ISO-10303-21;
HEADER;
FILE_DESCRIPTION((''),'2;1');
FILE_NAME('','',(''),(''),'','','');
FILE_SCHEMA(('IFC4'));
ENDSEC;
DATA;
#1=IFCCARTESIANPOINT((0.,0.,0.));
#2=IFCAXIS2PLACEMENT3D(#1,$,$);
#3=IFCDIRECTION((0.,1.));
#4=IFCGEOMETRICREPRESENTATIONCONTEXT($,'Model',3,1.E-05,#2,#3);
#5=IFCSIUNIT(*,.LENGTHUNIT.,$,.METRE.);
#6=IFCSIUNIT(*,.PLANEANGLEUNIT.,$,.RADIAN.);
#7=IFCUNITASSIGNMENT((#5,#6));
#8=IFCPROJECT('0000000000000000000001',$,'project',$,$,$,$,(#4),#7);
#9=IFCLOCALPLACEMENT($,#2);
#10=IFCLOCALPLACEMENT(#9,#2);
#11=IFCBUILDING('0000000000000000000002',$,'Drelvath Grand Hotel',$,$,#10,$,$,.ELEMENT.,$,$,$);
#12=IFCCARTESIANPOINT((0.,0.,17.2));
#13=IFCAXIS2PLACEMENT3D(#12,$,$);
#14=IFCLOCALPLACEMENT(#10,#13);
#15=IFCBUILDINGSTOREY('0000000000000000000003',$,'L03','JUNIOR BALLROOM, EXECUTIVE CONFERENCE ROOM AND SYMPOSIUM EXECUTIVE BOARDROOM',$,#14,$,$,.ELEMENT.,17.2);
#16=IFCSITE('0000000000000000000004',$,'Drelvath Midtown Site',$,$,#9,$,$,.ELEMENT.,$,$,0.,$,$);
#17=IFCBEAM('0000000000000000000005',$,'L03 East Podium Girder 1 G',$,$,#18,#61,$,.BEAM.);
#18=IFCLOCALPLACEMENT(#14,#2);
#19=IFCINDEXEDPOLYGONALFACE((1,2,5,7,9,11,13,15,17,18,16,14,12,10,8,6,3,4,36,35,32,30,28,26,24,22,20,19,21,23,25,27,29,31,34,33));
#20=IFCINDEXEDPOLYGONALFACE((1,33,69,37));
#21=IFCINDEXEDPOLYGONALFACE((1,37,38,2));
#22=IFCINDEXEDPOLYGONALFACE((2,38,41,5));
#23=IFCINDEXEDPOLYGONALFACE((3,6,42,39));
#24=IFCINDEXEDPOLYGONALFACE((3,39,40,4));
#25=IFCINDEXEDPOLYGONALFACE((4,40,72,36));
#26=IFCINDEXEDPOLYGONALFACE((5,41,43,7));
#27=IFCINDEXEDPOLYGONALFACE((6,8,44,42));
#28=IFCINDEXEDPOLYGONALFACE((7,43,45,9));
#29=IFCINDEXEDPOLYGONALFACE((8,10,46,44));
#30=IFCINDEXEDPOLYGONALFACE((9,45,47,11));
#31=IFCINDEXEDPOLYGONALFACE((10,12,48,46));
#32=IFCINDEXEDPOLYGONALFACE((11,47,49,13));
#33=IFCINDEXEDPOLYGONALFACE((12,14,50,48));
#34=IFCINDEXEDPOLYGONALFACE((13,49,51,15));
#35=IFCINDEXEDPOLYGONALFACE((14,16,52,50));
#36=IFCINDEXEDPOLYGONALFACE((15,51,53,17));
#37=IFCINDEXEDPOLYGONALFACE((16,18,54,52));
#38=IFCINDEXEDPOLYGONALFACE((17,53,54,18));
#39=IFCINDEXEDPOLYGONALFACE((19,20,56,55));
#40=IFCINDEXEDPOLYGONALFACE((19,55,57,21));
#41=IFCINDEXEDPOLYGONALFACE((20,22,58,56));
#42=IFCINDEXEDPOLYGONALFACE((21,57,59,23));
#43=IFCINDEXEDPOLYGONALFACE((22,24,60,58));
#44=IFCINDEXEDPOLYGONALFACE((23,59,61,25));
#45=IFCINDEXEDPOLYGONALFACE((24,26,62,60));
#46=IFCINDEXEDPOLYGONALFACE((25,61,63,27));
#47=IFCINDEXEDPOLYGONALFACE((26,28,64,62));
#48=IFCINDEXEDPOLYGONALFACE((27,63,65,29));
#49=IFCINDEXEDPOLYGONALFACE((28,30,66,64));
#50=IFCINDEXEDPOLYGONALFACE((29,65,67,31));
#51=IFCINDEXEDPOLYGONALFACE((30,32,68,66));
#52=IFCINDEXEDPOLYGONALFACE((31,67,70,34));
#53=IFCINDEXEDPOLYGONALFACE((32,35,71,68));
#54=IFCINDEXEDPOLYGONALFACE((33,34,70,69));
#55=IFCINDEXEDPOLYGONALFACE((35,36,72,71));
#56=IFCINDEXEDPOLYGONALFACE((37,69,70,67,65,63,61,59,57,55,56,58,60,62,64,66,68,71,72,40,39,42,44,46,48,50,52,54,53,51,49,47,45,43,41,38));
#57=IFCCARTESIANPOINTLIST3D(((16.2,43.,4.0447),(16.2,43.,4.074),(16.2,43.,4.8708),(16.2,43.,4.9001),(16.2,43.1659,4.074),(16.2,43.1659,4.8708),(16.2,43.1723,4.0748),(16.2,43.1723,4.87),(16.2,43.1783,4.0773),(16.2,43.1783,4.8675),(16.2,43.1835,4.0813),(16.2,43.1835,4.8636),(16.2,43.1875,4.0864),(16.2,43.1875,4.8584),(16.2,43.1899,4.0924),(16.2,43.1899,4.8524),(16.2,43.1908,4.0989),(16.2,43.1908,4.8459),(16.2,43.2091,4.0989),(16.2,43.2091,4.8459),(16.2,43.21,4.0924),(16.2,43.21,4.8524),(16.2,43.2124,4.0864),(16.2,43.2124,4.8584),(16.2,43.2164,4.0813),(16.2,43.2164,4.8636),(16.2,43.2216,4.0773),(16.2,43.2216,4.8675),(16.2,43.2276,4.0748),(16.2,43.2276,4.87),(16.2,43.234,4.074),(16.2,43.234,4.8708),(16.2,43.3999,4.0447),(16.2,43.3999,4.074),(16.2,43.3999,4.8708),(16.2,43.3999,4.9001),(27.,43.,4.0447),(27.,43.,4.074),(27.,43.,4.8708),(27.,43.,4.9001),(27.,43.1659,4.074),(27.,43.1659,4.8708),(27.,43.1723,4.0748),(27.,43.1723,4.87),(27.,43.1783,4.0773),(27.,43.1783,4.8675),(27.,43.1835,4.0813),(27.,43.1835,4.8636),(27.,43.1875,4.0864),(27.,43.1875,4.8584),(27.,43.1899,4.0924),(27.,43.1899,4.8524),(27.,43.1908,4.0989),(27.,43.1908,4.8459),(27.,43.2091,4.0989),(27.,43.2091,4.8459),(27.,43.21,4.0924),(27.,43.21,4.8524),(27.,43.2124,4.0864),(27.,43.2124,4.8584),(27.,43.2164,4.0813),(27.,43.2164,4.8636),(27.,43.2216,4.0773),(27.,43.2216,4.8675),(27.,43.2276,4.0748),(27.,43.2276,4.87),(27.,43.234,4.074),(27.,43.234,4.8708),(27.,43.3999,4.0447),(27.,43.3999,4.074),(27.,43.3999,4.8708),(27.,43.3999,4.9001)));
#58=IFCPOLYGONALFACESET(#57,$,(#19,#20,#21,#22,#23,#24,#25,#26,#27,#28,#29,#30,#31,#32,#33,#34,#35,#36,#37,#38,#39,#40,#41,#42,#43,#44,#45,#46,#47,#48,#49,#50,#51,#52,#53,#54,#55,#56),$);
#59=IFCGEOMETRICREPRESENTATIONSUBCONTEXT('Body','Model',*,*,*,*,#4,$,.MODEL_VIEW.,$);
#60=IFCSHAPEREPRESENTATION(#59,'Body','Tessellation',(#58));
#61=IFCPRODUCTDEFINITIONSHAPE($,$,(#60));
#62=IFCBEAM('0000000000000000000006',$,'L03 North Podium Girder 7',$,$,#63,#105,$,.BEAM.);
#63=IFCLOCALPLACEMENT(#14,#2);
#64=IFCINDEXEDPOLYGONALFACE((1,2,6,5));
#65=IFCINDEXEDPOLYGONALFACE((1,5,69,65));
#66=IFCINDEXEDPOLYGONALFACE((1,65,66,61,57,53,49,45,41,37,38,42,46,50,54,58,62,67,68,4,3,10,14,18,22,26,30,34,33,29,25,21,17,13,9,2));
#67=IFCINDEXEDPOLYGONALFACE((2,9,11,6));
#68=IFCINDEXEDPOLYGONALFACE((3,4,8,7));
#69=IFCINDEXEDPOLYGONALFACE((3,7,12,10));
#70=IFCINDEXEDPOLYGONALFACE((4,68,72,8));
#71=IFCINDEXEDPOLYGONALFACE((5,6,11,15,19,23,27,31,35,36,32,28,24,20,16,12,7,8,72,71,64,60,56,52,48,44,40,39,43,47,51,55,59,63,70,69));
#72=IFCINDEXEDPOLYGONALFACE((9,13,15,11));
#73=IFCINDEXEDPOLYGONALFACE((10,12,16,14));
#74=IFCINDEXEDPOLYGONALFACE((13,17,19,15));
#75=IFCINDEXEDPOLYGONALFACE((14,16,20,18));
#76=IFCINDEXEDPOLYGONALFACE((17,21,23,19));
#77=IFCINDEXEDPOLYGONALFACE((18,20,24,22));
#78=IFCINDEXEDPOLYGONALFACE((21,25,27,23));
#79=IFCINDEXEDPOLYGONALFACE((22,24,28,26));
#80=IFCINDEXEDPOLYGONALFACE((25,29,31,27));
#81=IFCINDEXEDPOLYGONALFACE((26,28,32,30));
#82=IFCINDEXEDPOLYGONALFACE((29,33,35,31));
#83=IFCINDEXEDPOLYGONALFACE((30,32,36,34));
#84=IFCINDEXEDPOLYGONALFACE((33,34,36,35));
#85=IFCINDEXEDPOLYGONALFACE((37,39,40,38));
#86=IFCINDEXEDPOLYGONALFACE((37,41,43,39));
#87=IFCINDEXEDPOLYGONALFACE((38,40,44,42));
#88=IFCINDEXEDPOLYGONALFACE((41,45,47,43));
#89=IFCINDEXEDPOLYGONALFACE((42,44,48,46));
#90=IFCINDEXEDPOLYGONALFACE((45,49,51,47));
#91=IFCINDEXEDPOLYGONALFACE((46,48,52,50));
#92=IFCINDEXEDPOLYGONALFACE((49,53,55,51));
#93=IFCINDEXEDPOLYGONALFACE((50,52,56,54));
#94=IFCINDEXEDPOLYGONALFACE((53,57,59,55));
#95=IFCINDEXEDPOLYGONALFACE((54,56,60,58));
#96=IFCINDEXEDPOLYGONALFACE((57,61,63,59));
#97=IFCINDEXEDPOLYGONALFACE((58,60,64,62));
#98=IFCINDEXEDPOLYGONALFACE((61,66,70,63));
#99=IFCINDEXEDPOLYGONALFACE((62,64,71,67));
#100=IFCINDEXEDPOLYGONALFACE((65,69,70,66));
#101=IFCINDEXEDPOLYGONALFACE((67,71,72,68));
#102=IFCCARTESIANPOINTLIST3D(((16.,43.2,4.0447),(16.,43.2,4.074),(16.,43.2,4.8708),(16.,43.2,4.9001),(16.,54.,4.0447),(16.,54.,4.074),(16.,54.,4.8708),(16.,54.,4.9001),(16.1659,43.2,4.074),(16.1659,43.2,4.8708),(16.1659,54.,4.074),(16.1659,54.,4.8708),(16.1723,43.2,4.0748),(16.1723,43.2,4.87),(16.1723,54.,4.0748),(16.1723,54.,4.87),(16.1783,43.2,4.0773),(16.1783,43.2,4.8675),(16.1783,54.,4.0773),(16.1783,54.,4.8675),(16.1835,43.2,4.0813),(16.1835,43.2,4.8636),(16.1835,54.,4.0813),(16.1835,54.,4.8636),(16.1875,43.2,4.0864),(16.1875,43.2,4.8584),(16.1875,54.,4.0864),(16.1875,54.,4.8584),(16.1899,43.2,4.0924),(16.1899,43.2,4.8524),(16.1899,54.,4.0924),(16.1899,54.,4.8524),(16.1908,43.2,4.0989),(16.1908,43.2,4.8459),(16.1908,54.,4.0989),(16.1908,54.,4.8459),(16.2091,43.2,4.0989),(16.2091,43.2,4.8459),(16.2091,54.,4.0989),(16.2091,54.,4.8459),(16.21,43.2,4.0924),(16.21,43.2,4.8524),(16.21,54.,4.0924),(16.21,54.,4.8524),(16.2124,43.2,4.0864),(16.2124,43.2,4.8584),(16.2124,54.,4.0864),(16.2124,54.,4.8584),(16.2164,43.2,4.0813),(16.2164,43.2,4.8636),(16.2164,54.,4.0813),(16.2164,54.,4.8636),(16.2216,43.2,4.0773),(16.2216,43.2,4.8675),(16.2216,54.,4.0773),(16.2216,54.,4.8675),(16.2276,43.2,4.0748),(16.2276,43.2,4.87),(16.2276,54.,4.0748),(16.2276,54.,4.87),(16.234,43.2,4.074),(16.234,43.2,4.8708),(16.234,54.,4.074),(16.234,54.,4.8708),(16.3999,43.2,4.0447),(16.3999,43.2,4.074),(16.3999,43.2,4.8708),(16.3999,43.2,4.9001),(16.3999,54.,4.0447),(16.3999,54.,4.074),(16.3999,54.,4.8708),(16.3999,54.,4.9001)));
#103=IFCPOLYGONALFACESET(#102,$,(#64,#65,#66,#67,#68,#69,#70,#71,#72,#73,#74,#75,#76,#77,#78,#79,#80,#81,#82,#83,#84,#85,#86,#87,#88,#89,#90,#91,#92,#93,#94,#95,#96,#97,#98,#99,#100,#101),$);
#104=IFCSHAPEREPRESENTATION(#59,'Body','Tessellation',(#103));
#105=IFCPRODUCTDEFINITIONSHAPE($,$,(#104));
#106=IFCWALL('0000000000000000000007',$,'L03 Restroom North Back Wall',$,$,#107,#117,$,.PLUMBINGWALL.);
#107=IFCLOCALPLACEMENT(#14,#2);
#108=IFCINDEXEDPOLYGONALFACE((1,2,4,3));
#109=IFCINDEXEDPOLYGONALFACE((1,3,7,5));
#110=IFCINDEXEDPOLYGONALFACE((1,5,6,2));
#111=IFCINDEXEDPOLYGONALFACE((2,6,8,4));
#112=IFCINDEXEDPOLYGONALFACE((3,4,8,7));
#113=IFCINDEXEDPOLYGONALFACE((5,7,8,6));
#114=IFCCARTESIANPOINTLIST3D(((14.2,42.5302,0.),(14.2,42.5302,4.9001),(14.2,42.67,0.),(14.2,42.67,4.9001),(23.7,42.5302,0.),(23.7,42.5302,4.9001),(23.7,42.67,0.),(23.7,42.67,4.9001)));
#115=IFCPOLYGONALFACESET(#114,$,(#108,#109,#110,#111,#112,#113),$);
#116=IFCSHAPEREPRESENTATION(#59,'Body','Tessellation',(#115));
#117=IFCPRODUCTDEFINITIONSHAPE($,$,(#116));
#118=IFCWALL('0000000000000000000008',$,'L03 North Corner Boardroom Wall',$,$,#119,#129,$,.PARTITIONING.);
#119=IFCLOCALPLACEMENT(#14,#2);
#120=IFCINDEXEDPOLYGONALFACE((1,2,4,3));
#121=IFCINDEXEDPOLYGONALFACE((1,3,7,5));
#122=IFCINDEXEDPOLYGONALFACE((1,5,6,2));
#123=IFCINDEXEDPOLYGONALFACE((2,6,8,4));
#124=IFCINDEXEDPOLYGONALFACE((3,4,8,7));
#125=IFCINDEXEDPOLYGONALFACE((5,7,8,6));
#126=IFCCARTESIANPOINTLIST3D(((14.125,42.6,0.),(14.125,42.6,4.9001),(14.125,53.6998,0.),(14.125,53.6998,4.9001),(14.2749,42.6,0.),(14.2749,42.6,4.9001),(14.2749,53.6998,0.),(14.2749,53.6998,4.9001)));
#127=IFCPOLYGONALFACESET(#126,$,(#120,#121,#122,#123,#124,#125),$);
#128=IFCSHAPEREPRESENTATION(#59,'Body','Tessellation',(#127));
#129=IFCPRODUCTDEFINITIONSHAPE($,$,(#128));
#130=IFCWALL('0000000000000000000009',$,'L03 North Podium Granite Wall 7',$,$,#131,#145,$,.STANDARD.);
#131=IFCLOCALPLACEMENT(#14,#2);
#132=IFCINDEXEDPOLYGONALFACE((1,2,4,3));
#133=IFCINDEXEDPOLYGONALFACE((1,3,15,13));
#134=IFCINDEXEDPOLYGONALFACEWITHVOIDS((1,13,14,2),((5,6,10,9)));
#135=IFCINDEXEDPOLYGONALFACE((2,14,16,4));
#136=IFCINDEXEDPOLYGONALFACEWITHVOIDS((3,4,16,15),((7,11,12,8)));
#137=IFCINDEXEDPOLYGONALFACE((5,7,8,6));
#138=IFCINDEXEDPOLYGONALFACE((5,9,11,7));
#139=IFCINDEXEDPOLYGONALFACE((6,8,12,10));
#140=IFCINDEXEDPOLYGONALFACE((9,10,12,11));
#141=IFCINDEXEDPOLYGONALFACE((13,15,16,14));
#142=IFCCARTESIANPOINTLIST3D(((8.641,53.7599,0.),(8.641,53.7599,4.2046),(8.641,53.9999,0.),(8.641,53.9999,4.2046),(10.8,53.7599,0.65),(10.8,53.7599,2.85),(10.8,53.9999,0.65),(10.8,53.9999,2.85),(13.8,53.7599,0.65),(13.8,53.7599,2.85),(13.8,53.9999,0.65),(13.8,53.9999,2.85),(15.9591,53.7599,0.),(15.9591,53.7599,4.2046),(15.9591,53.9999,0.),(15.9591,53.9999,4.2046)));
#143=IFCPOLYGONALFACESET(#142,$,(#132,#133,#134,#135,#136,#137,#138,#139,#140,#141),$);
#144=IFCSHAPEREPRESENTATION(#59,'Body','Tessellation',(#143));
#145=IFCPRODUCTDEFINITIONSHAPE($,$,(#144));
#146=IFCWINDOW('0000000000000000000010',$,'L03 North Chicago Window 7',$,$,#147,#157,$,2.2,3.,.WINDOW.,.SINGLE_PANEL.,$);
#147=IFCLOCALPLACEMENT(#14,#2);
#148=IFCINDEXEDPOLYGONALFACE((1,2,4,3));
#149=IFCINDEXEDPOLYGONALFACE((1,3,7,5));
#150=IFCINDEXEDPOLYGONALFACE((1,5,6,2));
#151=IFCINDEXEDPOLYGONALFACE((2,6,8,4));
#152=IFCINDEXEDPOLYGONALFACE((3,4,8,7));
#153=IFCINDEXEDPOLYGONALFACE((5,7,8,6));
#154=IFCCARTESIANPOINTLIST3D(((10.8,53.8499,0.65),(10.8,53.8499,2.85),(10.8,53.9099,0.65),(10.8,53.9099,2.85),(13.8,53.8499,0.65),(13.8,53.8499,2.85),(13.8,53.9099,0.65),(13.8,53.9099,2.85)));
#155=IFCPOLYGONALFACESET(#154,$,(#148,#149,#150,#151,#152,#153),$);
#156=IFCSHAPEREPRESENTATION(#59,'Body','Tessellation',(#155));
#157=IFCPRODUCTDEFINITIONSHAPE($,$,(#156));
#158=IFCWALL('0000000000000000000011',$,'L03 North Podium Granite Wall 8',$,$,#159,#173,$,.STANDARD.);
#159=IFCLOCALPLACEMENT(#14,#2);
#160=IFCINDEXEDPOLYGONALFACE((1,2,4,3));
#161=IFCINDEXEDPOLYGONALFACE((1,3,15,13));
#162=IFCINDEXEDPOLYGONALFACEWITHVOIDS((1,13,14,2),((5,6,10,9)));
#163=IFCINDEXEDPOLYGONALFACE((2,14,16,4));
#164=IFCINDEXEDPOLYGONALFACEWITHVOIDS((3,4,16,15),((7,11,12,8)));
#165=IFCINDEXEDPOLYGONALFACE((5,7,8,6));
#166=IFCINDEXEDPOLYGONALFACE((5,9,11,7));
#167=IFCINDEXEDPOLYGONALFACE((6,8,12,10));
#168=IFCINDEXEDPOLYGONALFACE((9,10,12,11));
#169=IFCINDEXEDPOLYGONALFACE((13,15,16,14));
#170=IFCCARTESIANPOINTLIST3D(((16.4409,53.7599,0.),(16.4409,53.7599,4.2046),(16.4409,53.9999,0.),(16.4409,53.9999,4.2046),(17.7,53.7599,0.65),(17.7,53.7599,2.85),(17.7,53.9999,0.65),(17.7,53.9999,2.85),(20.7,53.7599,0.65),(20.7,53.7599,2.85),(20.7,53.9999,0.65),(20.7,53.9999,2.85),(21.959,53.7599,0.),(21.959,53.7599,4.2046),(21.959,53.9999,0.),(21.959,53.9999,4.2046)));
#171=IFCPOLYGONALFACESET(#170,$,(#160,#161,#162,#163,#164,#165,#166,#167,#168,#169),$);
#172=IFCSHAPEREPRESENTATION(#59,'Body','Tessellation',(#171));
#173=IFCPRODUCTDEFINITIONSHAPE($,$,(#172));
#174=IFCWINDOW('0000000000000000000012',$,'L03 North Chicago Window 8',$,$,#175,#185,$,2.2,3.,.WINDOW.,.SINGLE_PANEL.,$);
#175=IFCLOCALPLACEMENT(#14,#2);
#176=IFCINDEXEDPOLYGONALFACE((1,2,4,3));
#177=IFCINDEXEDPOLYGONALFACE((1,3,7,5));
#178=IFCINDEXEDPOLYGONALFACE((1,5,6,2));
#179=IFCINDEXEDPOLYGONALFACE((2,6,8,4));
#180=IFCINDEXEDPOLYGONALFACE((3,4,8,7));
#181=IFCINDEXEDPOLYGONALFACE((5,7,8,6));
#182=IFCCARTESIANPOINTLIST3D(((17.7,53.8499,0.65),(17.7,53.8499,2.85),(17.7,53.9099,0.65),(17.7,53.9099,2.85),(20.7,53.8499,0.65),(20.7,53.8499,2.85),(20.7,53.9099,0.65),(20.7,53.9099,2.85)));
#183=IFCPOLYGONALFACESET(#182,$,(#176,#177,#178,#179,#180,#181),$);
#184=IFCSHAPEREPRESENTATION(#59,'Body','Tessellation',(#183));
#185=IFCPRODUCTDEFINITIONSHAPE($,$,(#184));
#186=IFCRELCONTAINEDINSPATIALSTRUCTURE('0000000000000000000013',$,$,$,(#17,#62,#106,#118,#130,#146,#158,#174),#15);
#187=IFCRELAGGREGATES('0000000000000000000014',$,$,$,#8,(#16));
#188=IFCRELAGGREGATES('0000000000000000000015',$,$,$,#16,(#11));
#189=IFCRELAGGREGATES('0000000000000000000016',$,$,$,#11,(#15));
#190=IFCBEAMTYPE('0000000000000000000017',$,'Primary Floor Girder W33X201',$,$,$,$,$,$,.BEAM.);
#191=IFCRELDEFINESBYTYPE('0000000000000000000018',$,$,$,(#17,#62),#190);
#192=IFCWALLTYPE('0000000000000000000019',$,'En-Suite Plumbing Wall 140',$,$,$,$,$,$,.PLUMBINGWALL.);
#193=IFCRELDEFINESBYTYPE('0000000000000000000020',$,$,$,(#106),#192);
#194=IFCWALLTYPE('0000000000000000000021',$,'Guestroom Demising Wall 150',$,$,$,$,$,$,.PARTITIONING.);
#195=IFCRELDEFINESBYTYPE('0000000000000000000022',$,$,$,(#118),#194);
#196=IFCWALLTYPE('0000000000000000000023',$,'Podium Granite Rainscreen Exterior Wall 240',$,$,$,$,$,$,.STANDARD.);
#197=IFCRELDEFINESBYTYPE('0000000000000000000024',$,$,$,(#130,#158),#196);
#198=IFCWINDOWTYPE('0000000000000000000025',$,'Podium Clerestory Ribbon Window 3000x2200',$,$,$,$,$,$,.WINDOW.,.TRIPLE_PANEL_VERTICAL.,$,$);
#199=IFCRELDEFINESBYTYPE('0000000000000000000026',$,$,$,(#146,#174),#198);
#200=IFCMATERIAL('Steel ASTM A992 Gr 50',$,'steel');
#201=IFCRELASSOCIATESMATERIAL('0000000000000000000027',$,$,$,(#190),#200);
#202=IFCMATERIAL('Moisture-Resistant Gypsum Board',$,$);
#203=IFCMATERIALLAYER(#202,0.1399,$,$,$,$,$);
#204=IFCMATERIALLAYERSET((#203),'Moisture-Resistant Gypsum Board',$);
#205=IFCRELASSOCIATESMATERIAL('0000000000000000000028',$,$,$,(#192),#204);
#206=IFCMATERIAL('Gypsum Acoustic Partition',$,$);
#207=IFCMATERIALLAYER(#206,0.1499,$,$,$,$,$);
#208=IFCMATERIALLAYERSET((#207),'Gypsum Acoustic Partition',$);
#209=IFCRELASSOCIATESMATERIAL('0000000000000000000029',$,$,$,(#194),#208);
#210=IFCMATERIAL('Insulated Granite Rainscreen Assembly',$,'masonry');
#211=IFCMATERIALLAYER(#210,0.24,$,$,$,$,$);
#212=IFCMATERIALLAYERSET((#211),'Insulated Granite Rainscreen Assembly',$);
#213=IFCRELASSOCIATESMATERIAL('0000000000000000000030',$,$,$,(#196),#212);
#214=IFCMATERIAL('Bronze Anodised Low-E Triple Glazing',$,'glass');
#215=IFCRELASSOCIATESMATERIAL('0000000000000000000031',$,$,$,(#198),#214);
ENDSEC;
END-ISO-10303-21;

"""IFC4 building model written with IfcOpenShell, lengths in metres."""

from ifc_helpers import new_model, si_unit, direction, frame, frame_2d, origin, origin_2d, place, context, subcontext, project, spatial, rectangle, i_section, extrude, material, layer, layer_set, material_profile, profile_set, type_object, element, fill, save


model = new_model("IFC4")

# Units and contexts
model_context = context("Model", 3, precision=1e-05, world=origin(), true_north=direction((0.0, 1.0)))
body_context = subcontext(model_context, "Body", "Model", "MODEL_VIEW")
ifc_project = project(units=[si_unit("LENGTHUNIT", "METRE"), si_unit("PLANEANGLEUNIT", "RADIAN")], contexts=[model_context])

# Site, building, storey
site_placement = place(None, origin())
site = spatial("IfcSite", under=ifc_project, at=site_placement, Name="Drelvath Midtown Site", CompositionType="ELEMENT", RefElevation=0.0)
building_placement = place(site_placement, origin())
building = spatial("IfcBuilding", under=site, at=building_placement, Name="Drelvath Grand Hotel", CompositionType="ELEMENT")
storey_placement = place(building_placement, frame((0.0, 0.0, 17.2)))
storey = spatial("IfcBuildingStorey", under=building, at=storey_placement, Name="L03", Description="JUNIOR BALLROOM, EXECUTIVE CONFERENCE ROOM AND SYMPOSIUM EXECUTIVE BOARDROOM", CompositionType="ELEMENT", Elevation=17.2)

# Beams
ifc_material_1 = material(Name="Steel ASTM A992 Gr 50", Category="steel")
ifc_material_profile_1 = material_profile(ifc_material_1, i_section(OverallWidth=0.3999, OverallDepth=0.8555, WebThickness=0.0183, FlangeThickness=0.0293, FilletRadius=0.0249, at=origin_2d()), Name="W33X201")
ifc_profile_set_1 = profile_set([ifc_material_profile_1], Name="Steel ASTM A992 Gr 50")
beam_type_1 = type_object("IfcBeamType", Name="Primary Floor Girder W33X201", PredefinedType="BEAM", material=ifc_profile_set_1)
for number, where, z_axis, x_axis, name in (
    (1, (16.2, 43.2, 4.4724), (1.0, 0.0, 0.0), (0.0, 1.0, 0.0), "L03 East Podium Girder 1 G"),
    (2, (16.2, 43.2, 4.4724), (0.0, 1.0, 0.0), (-1.0, 0.0, 0.0), "L03 North Podium Girder 7"),
):
    element("IfcBeam", number, at=place(storey_placement, frame(where, z_axis=z_axis, x_axis=x_axis)), inside=storey, type_object=beam_type_1, Name=name, PredefinedType="BEAM", context=body_context, shape_type="SweptSolid", body=[
        extrude(i_section(OverallWidth=0.3999, OverallDepth=0.8555, WebThickness=0.0183, FlangeThickness=0.0293, FilletRadius=0.0249, at=origin_2d()), origin(), (0.0, 0.0, 1.0), 10.8),
    ])

# Walls
ifc_material_2 = material(Name="Moisture-Resistant Gypsum Board")
ifc_layer_1 = layer(ifc_material_2, 0.1399)
ifc_layer_set_1 = layer_set([ifc_layer_1], Name="Moisture-Resistant Gypsum Board")
wall_type_1 = type_object("IfcWallType", Name="En-Suite Plumbing Wall 140", PredefinedType="PLUMBINGWALL", material=ifc_layer_set_1)
wall_1_placement = place(storey_placement, frame((14.2, 42.6001, 0.0), z_axis=(0.0, 0.0, 1.0), x_axis=(1.0, 0.0, 0.0)))
element("IfcWall", 3, at=wall_1_placement, inside=storey, type_object=wall_type_1, Name="L03 Restroom North Back Wall", PredefinedType="PLUMBINGWALL", context=body_context, shape_type="SweptSolid", body=[
    extrude(rectangle(XDim=9.5, YDim=0.1399, at=frame_2d((4.75, 0.0))), origin(), (0.0, 0.0, 1.0), 4.9001),
])
ifc_material_3 = material(Name="Gypsum Acoustic Partition")
ifc_layer_2 = layer(ifc_material_3, 0.1499)
ifc_layer_set_2 = layer_set([ifc_layer_2], Name="Gypsum Acoustic Partition")
wall_type_2 = type_object("IfcWallType", Name="Guestroom Demising Wall 150", PredefinedType="PARTITIONING", material=ifc_layer_set_2)
wall_2_placement = place(storey_placement, frame((14.2, 42.6001, 0.0), z_axis=(0.0, 0.0, 1.0), x_axis=(0.0, 1.0, 0.0)))
element("IfcWall", 4, at=wall_2_placement, inside=storey, type_object=wall_type_2, Name="L03 North Corner Boardroom Wall", PredefinedType="PARTITIONING", context=body_context, shape_type="SweptSolid", body=[
    extrude(rectangle(XDim=11.0999, YDim=0.1499, at=frame_2d((5.5498, 0.0))), origin(), (0.0, 0.0, 1.0), 4.9001),
])

# Walls, openings, windows
ifc_material_4 = material(Name="Insulated Granite Rainscreen Assembly", Category="masonry")
ifc_layer_3 = layer(ifc_material_4, 0.24)
ifc_layer_set_3 = layer_set([ifc_layer_3], Name="Insulated Granite Rainscreen Assembly")
wall_type_3 = type_object("IfcWallType", Name="Podium Granite Rainscreen Exterior Wall 240", PredefinedType="STANDARD", material=ifc_layer_set_3)
wall_3_placement = place(storey_placement, frame((8.6409, 53.8799, 0.0), z_axis=(0.0, 0.0, 1.0), x_axis=(1.0, 0.0, 0.0)))
wall_3 = element("IfcWall", 5, at=wall_3_placement, inside=storey, type_object=wall_type_3, Name="L03 North Podium Granite Wall 7", PredefinedType="STANDARD", context=body_context, shape_type="SweptSolid", body=[
    extrude(rectangle(XDim=7.3181, YDim=0.24, at=frame_2d((3.6592, 0.0))), origin(), (0.0, 0.0, 1.0), 4.2046),
])
opening_1_placement = place(wall_3_placement, frame((2.1592, 0.0, 0.6499)))
opening_1 = element("IfcOpeningElement", 6, at=opening_1_placement, cuts=wall_3, PredefinedType="OPENING", context=body_context, shape_type="SweptSolid", body=[
    extrude(rectangle(XDim=3.0, YDim=2.2, at=frame_2d((1.5, 1.1001))), frame((0.0, 0.1299, 0.0), z_axis=(0.0, -1.0, 0.0), x_axis=(1.0, 0.0, 0.0)), (0.0, 0.0, 1.0), 0.26),
])
ifc_material_5 = material(Name="Bronze Anodised Low-E Triple Glazing", Category="glass")
window_type_1 = type_object("IfcWindowType", Name="Podium Clerestory Ribbon Window 3000x2200", PartitioningType="TRIPLE_PANEL_VERTICAL", PredefinedType="WINDOW", material=ifc_material_5)
window_1_placement = place(opening_1_placement, origin())
window_1 = element("IfcWindow", 7, at=window_1_placement, inside=storey, type_object=window_type_1, Name="L03 North Chicago Window 7", OverallHeight=2.2, OverallWidth=3.0, PartitioningType="SINGLE_PANEL", PredefinedType="WINDOW", context=body_context, shape_type="SweptSolid", body=[
    extrude(rectangle(XDim=3.0, YDim=2.2, at=frame_2d((1.5, 1.1001))), frame((0.0, 0.03, 0.0), z_axis=(0.0, -1.0, 0.0), x_axis=(1.0, 0.0, 0.0)), (0.0, 0.0, 1.0), 0.0601),
])
fill(opening_1, window_1)
wall_4_placement = place(storey_placement, frame((16.4409, 53.8799, 0.0), z_axis=(0.0, 0.0, 1.0), x_axis=(1.0, 0.0, 0.0)))
wall_4 = element("IfcWall", 8, at=wall_4_placement, inside=storey, type_object=wall_type_3, Name="L03 North Podium Granite Wall 8", PredefinedType="STANDARD", context=body_context, shape_type="SweptSolid", body=[
    extrude(rectangle(XDim=5.5181, YDim=0.24, at=frame_2d((2.759, 0.0))), origin(), (0.0, 0.0, 1.0), 4.2046),
])
opening_2_placement = place(wall_4_placement, frame((1.259, 0.0, 0.6499)))
opening_2 = element("IfcOpeningElement", 9, at=opening_2_placement, cuts=wall_4, PredefinedType="OPENING", context=body_context, shape_type="SweptSolid", body=[
    extrude(rectangle(XDim=3.0, YDim=2.2, at=frame_2d((1.5, 1.1001))), frame((0.0, 0.1299, 0.0), z_axis=(0.0, -1.0, 0.0), x_axis=(1.0, 0.0, 0.0)), (0.0, 0.0, 1.0), 0.26),
])
window_2_placement = place(opening_2_placement, origin())
window_2 = element("IfcWindow", 10, at=window_2_placement, inside=storey, type_object=window_type_1, Name="L03 North Chicago Window 8", OverallHeight=2.2, OverallWidth=3.0, PartitioningType="SINGLE_PANEL", PredefinedType="WINDOW", context=body_context, shape_type="SweptSolid", body=[
    extrude(rectangle(XDim=3.0, YDim=2.2, at=frame_2d((1.5, 1.1001))), frame((0.0, 0.03, 0.0), z_axis=(0.0, -1.0, 0.0), x_axis=(1.0, 0.0, 0.0)), (0.0, 0.0, 1.0), 0.0601),
])
fill(opening_2, window_2)

save(model, "model.ifc")
